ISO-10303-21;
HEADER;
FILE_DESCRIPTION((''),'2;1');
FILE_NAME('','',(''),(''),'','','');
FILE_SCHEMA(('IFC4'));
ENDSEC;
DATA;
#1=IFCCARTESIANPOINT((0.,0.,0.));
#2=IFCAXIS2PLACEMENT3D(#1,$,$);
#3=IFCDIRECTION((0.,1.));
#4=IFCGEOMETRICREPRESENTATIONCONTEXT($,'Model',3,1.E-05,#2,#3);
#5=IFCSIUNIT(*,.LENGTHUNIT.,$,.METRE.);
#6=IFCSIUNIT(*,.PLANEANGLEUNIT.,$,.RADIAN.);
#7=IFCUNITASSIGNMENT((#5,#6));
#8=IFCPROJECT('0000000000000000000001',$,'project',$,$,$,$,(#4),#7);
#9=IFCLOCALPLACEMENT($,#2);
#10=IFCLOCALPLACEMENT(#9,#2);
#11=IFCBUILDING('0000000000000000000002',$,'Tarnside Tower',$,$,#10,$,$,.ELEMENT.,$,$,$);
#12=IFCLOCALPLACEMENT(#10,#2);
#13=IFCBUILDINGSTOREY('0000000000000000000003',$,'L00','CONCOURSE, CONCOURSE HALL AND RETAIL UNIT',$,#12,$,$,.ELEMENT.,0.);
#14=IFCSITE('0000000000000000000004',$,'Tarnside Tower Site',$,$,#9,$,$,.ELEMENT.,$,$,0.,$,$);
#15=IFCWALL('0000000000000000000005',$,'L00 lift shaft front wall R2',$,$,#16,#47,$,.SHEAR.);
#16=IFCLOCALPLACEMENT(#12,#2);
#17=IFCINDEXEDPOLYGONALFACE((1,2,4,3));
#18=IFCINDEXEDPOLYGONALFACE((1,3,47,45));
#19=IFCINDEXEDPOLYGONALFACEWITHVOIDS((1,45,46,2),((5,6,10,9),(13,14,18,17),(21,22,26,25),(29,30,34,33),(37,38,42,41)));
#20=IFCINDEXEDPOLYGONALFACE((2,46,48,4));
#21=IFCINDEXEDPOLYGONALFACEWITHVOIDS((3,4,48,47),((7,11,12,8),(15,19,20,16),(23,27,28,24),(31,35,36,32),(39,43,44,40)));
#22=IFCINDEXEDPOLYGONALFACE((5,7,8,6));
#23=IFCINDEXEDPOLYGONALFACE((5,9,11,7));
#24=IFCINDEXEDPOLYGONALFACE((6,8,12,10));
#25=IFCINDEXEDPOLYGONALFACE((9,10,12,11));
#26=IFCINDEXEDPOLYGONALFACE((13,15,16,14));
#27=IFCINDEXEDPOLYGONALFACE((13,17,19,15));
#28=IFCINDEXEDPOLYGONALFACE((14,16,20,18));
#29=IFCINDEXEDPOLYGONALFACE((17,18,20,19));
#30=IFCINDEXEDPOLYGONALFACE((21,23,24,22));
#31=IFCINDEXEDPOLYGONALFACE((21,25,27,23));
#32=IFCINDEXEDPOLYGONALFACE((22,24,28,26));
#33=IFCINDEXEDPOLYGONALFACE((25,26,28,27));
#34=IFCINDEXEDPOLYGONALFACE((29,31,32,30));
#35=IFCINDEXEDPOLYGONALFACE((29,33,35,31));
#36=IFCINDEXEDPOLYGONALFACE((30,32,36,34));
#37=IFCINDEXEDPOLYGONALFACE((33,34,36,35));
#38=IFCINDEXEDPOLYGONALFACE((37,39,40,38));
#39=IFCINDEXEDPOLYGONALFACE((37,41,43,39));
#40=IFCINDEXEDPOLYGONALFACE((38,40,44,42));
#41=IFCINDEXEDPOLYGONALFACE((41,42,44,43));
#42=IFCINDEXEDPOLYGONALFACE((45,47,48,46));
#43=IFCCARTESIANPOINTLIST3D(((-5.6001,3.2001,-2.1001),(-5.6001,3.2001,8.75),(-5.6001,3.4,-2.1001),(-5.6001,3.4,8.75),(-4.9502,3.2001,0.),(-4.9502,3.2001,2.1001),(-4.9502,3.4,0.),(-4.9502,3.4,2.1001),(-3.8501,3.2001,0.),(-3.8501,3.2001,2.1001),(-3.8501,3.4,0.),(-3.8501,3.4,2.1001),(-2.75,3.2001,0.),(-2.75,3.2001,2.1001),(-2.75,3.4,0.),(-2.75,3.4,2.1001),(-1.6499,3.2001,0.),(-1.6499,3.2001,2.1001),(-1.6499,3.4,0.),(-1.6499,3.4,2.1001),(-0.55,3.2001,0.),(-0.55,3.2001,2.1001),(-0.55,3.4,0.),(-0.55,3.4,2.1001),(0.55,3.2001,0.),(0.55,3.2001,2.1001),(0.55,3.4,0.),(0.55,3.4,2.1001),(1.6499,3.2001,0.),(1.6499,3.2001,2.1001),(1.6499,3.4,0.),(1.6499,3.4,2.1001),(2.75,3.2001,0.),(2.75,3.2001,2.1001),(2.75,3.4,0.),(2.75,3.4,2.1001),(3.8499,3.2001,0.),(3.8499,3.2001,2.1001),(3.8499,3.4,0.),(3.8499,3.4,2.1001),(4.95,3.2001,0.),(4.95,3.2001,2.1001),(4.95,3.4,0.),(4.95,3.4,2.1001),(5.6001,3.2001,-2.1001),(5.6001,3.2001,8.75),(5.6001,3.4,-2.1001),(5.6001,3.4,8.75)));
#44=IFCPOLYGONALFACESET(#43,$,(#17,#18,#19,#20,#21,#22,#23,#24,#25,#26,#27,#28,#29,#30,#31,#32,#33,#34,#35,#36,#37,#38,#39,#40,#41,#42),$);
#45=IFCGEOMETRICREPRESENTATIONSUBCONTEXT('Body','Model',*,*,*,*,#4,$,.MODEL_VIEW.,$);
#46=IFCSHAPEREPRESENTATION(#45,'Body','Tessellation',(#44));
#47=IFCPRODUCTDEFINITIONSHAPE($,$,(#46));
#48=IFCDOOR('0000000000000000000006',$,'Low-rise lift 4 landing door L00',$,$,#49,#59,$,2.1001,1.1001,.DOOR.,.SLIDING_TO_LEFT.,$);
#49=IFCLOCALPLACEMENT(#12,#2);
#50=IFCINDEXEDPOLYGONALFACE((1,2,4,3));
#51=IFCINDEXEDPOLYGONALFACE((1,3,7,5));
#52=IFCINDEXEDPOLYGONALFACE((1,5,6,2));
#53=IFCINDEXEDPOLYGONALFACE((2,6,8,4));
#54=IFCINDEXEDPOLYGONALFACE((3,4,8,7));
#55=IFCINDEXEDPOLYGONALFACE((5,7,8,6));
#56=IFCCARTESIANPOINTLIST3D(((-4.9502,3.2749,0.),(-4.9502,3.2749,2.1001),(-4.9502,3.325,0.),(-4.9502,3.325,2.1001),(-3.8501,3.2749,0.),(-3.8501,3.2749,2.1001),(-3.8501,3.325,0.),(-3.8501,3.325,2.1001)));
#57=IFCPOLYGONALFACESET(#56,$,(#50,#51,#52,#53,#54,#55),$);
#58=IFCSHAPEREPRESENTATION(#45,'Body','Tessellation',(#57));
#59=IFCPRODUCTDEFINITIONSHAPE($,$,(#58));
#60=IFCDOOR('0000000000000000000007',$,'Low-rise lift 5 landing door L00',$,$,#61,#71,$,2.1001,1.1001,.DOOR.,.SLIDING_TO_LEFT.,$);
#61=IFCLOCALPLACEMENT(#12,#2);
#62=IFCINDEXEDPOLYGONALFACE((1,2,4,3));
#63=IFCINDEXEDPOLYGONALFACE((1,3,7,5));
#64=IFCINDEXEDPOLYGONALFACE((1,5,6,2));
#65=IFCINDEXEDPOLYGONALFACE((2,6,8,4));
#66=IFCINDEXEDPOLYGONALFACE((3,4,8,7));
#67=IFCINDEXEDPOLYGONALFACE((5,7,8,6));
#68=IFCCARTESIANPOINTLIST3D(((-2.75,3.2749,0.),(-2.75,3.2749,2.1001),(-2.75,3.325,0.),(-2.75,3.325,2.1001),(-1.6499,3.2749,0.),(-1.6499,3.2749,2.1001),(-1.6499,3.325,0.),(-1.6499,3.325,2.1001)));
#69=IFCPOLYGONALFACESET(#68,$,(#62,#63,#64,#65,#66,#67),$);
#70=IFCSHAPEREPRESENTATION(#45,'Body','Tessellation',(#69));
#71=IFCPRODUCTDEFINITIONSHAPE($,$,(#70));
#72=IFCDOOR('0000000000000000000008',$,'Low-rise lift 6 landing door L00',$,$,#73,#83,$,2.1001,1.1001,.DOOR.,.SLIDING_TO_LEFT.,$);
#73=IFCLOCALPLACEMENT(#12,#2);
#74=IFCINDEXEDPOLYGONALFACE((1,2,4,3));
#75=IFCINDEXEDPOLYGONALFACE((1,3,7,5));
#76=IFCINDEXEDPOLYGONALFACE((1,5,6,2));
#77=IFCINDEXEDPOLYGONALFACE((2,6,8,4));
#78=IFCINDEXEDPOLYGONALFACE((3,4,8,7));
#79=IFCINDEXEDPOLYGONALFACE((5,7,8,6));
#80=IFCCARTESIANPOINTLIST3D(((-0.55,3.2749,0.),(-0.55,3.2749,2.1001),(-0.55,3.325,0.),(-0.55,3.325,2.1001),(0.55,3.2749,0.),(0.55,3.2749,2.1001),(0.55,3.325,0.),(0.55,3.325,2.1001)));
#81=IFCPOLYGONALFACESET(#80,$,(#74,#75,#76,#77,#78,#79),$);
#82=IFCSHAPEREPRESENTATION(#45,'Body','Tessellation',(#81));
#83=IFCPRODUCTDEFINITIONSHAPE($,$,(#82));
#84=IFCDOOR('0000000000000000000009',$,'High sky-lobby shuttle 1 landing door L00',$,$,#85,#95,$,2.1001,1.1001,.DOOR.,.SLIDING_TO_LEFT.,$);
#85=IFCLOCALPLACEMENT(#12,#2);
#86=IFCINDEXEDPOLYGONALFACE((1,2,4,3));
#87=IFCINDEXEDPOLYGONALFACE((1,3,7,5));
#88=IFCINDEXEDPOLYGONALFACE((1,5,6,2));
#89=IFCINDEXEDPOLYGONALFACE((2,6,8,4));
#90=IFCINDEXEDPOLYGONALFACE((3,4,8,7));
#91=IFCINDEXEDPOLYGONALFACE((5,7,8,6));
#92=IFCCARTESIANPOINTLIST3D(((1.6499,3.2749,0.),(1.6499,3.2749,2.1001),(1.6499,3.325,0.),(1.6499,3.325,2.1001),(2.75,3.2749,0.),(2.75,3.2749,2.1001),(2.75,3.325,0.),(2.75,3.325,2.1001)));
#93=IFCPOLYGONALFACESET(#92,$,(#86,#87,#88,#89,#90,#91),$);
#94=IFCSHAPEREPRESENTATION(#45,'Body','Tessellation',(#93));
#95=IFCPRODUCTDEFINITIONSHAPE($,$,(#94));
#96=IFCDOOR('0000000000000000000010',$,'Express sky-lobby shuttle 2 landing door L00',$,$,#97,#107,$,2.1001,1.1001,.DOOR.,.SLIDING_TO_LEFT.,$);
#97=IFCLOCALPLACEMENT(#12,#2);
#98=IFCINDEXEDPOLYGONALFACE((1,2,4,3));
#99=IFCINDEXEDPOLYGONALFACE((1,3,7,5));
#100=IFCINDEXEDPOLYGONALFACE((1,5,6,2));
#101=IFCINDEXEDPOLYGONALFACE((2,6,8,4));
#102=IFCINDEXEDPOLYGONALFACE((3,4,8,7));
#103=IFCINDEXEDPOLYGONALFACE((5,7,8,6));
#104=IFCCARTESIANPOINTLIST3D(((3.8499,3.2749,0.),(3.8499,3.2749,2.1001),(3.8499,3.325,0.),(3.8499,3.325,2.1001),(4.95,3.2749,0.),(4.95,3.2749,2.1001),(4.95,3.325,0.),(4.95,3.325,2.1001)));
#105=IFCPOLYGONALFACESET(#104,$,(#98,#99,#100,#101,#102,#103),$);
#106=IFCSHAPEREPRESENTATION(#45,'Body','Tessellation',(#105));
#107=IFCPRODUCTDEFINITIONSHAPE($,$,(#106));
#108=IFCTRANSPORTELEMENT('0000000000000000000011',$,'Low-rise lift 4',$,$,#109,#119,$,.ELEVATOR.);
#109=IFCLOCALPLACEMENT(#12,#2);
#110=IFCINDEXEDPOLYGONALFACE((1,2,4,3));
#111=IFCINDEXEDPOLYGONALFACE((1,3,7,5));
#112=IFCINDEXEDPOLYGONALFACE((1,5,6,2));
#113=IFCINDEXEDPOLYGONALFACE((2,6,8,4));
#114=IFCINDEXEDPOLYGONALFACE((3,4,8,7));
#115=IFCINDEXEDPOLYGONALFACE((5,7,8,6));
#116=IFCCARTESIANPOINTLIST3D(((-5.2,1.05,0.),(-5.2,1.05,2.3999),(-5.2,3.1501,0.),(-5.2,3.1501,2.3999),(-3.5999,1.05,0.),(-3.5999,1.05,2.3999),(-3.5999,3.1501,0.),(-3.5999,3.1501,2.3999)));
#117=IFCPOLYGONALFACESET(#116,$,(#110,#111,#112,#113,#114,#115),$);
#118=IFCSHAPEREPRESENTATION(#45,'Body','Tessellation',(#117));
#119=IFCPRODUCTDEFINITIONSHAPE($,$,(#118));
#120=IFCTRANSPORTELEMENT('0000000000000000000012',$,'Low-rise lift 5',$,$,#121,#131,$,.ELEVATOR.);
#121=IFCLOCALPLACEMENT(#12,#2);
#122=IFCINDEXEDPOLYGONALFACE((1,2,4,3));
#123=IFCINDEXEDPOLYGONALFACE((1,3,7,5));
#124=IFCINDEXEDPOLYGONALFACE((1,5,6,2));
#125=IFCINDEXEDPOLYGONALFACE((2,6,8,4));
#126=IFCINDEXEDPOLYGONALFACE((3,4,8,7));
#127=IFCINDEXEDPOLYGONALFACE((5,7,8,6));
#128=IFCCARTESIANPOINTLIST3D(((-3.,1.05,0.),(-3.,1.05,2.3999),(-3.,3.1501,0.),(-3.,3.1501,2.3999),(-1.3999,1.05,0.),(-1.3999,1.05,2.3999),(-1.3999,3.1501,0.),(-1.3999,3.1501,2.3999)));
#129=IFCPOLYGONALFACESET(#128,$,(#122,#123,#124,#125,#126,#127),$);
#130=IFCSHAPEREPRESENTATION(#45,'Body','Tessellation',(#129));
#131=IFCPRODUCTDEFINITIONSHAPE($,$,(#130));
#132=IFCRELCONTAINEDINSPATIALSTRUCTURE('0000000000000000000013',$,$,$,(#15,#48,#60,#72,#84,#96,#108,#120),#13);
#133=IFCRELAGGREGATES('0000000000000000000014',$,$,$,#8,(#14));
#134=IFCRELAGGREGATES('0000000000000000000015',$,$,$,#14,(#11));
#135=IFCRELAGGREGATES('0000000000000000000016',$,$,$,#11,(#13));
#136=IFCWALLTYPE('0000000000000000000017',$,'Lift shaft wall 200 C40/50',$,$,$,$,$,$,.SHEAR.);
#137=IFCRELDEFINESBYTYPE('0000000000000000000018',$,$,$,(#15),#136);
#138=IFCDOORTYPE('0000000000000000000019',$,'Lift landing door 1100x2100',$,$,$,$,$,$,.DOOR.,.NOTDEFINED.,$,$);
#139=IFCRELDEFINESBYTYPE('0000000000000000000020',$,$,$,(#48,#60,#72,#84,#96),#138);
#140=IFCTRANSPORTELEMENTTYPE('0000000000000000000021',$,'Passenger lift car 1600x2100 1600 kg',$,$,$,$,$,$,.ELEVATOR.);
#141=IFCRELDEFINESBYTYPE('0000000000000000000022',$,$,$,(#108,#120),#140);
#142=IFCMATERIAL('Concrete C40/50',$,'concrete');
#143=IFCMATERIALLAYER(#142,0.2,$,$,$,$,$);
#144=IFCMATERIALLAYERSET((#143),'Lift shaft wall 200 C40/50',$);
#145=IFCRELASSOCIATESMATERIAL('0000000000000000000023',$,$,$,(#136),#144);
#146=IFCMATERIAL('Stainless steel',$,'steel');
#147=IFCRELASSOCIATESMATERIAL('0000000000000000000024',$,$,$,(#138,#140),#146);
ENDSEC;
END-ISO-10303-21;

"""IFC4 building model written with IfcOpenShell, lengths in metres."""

from ifc_helpers import new_model, si_unit, direction, frame, frame_2d, origin, origin_2d, place, context, subcontext, project, spatial, rectangle, extrude, material, layer, layer_set, type_object, element, fill, save


model = new_model("IFC4")

# Units and contexts
model_context = context("Model", 3, precision=1e-05, world=origin(), true_north=direction((0.0, 1.0)))
body_context = subcontext(model_context, "Body", "Model", "MODEL_VIEW")
ifc_project = project(units=[si_unit("LENGTHUNIT", "METRE"), si_unit("PLANEANGLEUNIT", "RADIAN")], contexts=[model_context])

# Site, building, storey
site_placement = place(None, origin())
site = spatial("IfcSite", under=ifc_project, at=site_placement, Name="Tarnside Tower Site", CompositionType="ELEMENT", RefElevation=0.0)
building_placement = place(site_placement, origin())
building = spatial("IfcBuilding", under=site, at=building_placement, Name="Tarnside Tower", CompositionType="ELEMENT")
storey_placement = place(building_placement, origin())
storey = spatial("IfcBuildingStorey", under=building, at=storey_placement, Name="L00", Description="CONCOURSE, CONCOURSE HALL AND RETAIL UNIT", CompositionType="ELEMENT", Elevation=0.0)

# Shared definitions
ifc_material_1 = material(Name="Concrete C40/50", Category="concrete")
ifc_layer = layer(ifc_material_1, 0.2)
ifc_layer_set = layer_set([ifc_layer], Name="Lift shaft wall 200 C40/50")
wall_type = type_object("IfcWallType", Name="Lift shaft wall 200 C40/50", PredefinedType="SHEAR", material=ifc_layer_set)
ifc_material_2 = material(Name="Stainless steel", Category="steel")
door_type = type_object("IfcDoorType", Name="Lift landing door 1100x2100", OperationType="NOTDEFINED", PredefinedType="DOOR", material=ifc_material_2)

# Wall, openings, doors
wall_1_placement = place(storey_placement, frame((-5.6001, 3.3, -2.1001), z_axis=(0.0, 0.0, 1.0), x_axis=(1.0, 0.0, 0.0)))
wall_1 = element("IfcWall", 1, at=wall_1_placement, inside=storey, type_object=wall_type, Name="L00 lift shaft front wall R2", PredefinedType="SHEAR", context=body_context, shape_type="SweptSolid", body=[
    extrude(rectangle(XDim=11.2002, YDim=0.2, at=frame_2d((5.6001, 0.0))), origin(), (0.0, 0.0, 1.0), 10.8501),
])
opening_1_placement = place(wall_1_placement, frame((0.6499, 0.0, 2.1001)))
opening_1 = element("IfcOpeningElement", 2, at=opening_1_placement, cuts=wall_1, PredefinedType="OPENING", context=body_context, shape_type="SweptSolid", body=[
    extrude(rectangle(XDim=1.1001, YDim=2.1001, at=frame_2d((0.55, 1.05))), frame((0.0, 0.1099, 0.0), z_axis=(0.0, -1.0, 0.0), x_axis=(1.0, 0.0, 0.0)), (0.0, 0.0, 1.0), 0.22),
])
opening_2_placement = place(wall_1_placement, frame((2.8501, 0.0, 2.1001)))
opening_2 = element("IfcOpeningElement", 3, at=opening_2_placement, cuts=wall_1, PredefinedType="OPENING", context=body_context, shape_type="SweptSolid", body=[
    extrude(rectangle(XDim=1.1001, YDim=2.1001, at=frame_2d((0.55, 1.05))), frame((0.0, 0.1099, 0.0), z_axis=(0.0, -1.0, 0.0), x_axis=(1.0, 0.0, 0.0)), (0.0, 0.0, 1.0), 0.22),
])
opening_3_placement = place(wall_1_placement, frame((5.05, 0.0, 2.1001)))
opening_3 = element("IfcOpeningElement", 4, at=opening_3_placement, cuts=wall_1, PredefinedType="OPENING", context=body_context, shape_type="SweptSolid", body=[
    extrude(rectangle(XDim=1.1001, YDim=2.1001, at=frame_2d((0.55, 1.05))), frame((0.0, 0.1099, 0.0), z_axis=(0.0, -1.0, 0.0), x_axis=(1.0, 0.0, 0.0)), (0.0, 0.0, 1.0), 0.22),
])
opening_4_placement = place(wall_1_placement, frame((7.25, 0.0, 2.1001)))
opening_4 = element("IfcOpeningElement", 5, at=opening_4_placement, cuts=wall_1, PredefinedType="OPENING", context=body_context, shape_type="SweptSolid", body=[
    extrude(rectangle(XDim=1.1001, YDim=2.1001, at=frame_2d((0.55, 1.05))), frame((0.0, 0.1099, 0.0), z_axis=(0.0, -1.0, 0.0), x_axis=(1.0, 0.0, 0.0)), (0.0, 0.0, 1.0), 0.22),
])
opening_5_placement = place(wall_1_placement, frame((9.45, 0.0, 2.1001)))
opening_5 = element("IfcOpeningElement", 6, at=opening_5_placement, cuts=wall_1, PredefinedType="OPENING", context=body_context, shape_type="SweptSolid", body=[
    extrude(rectangle(XDim=1.1001, YDim=2.1001, at=frame_2d((0.55, 1.05))), frame((0.0, 0.1099, 0.0), z_axis=(0.0, -1.0, 0.0), x_axis=(1.0, 0.0, 0.0)), (0.0, 0.0, 1.0), 0.22),
])
door_1_placement = place(opening_1_placement, origin())
door_1 = element("IfcDoor", 7, at=door_1_placement, inside=storey, type_object=door_type, Name="Low-rise lift 4 landing door L00", OperationType="SLIDING_TO_LEFT", OverallHeight=2.1001, OverallWidth=1.1001, PredefinedType="DOOR", context=body_context, shape_type="SweptSolid", body=[
    extrude(rectangle(XDim=1.1001, YDim=2.1001, at=frame_2d((0.55, 1.05))), frame((0.0, 0.0249, 0.0), z_axis=(0.0, -1.0, 0.0), x_axis=(1.0, 0.0, 0.0)), (0.0, 0.0, 1.0), 0.05),
])
fill(opening_1, door_1)
door_2_placement = place(opening_2_placement, origin())
door_2 = element("IfcDoor", 8, at=door_2_placement, inside=storey, type_object=door_type, Name="Low-rise lift 5 landing door L00", OperationType="SLIDING_TO_LEFT", OverallHeight=2.1001, OverallWidth=1.1001, PredefinedType="DOOR", context=body_context, shape_type="SweptSolid", body=[
    extrude(rectangle(XDim=1.1001, YDim=2.1001, at=frame_2d((0.55, 1.05))), frame((0.0, 0.0249, 0.0), z_axis=(0.0, -1.0, 0.0), x_axis=(1.0, 0.0, 0.0)), (0.0, 0.0, 1.0), 0.05),
])
fill(opening_2, door_2)
door_3_placement = place(opening_3_placement, origin())
door_3 = element("IfcDoor", 9, at=door_3_placement, inside=storey, type_object=door_type, Name="Low-rise lift 6 landing door L00", OperationType="SLIDING_TO_LEFT", OverallHeight=2.1001, OverallWidth=1.1001, PredefinedType="DOOR", context=body_context, shape_type="SweptSolid", body=[
    extrude(rectangle(XDim=1.1001, YDim=2.1001, at=frame_2d((0.55, 1.05))), frame((0.0, 0.0249, 0.0), z_axis=(0.0, -1.0, 0.0), x_axis=(1.0, 0.0, 0.0)), (0.0, 0.0, 1.0), 0.05),
])
fill(opening_3, door_3)
door_4_placement = place(opening_4_placement, origin())
door_4 = element("IfcDoor", 10, at=door_4_placement, inside=storey, type_object=door_type, Name="High sky-lobby shuttle 1 landing door L00", OperationType="SLIDING_TO_LEFT", OverallHeight=2.1001, OverallWidth=1.1001, PredefinedType="DOOR", context=body_context, shape_type="SweptSolid", body=[
    extrude(rectangle(XDim=1.1001, YDim=2.1001, at=frame_2d((0.55, 1.05))), frame((0.0, 0.0249, 0.0), z_axis=(0.0, -1.0, 0.0), x_axis=(1.0, 0.0, 0.0)), (0.0, 0.0, 1.0), 0.05),
])
fill(opening_4, door_4)
door_5_placement = place(opening_5_placement, origin())
door_5 = element("IfcDoor", 11, at=door_5_placement, inside=storey, type_object=door_type, Name="Express sky-lobby shuttle 2 landing door L00", OperationType="SLIDING_TO_LEFT", OverallHeight=2.1001, OverallWidth=1.1001, PredefinedType="DOOR", context=body_context, shape_type="SweptSolid", body=[
    extrude(rectangle(XDim=1.1001, YDim=2.1001, at=frame_2d((0.55, 1.05))), frame((0.0, 0.0249, 0.0), z_axis=(0.0, -1.0, 0.0), x_axis=(1.0, 0.0, 0.0)), (0.0, 0.0, 1.0), 0.05),
])
fill(opening_5, door_5)

# Transport elements
transport_element_type = type_object("IfcTransportElementType", Name="Passenger lift car 1600x2100 1600 kg", PredefinedType="ELEVATOR", material=ifc_material_2)
for number, where, z_axis, x_axis, name in (
    (12, (-4.3999, 2.1001, 0.0), (0.0, 0.0, 1.0), (1.0, 0.0, 0.0), "Low-rise lift 4"),
    (13, (-2.2, 2.1001, 0.0), (0.0, 0.0, 1.0), (1.0, 0.0, 0.0), "Low-rise lift 5"),
):
    element("IfcTransportElement", number, at=place(storey_placement, frame(where, z_axis=z_axis, x_axis=x_axis)), inside=storey, type_object=transport_element_type, Name=name, PredefinedType="ELEVATOR", context=body_context, shape_type="SweptSolid", body=[
        extrude(rectangle(XDim=1.6001, YDim=2.1001, at=origin_2d()), origin(), (0.0, 0.0, 1.0), 2.3999),
    ])

save(model, "model.ifc")
